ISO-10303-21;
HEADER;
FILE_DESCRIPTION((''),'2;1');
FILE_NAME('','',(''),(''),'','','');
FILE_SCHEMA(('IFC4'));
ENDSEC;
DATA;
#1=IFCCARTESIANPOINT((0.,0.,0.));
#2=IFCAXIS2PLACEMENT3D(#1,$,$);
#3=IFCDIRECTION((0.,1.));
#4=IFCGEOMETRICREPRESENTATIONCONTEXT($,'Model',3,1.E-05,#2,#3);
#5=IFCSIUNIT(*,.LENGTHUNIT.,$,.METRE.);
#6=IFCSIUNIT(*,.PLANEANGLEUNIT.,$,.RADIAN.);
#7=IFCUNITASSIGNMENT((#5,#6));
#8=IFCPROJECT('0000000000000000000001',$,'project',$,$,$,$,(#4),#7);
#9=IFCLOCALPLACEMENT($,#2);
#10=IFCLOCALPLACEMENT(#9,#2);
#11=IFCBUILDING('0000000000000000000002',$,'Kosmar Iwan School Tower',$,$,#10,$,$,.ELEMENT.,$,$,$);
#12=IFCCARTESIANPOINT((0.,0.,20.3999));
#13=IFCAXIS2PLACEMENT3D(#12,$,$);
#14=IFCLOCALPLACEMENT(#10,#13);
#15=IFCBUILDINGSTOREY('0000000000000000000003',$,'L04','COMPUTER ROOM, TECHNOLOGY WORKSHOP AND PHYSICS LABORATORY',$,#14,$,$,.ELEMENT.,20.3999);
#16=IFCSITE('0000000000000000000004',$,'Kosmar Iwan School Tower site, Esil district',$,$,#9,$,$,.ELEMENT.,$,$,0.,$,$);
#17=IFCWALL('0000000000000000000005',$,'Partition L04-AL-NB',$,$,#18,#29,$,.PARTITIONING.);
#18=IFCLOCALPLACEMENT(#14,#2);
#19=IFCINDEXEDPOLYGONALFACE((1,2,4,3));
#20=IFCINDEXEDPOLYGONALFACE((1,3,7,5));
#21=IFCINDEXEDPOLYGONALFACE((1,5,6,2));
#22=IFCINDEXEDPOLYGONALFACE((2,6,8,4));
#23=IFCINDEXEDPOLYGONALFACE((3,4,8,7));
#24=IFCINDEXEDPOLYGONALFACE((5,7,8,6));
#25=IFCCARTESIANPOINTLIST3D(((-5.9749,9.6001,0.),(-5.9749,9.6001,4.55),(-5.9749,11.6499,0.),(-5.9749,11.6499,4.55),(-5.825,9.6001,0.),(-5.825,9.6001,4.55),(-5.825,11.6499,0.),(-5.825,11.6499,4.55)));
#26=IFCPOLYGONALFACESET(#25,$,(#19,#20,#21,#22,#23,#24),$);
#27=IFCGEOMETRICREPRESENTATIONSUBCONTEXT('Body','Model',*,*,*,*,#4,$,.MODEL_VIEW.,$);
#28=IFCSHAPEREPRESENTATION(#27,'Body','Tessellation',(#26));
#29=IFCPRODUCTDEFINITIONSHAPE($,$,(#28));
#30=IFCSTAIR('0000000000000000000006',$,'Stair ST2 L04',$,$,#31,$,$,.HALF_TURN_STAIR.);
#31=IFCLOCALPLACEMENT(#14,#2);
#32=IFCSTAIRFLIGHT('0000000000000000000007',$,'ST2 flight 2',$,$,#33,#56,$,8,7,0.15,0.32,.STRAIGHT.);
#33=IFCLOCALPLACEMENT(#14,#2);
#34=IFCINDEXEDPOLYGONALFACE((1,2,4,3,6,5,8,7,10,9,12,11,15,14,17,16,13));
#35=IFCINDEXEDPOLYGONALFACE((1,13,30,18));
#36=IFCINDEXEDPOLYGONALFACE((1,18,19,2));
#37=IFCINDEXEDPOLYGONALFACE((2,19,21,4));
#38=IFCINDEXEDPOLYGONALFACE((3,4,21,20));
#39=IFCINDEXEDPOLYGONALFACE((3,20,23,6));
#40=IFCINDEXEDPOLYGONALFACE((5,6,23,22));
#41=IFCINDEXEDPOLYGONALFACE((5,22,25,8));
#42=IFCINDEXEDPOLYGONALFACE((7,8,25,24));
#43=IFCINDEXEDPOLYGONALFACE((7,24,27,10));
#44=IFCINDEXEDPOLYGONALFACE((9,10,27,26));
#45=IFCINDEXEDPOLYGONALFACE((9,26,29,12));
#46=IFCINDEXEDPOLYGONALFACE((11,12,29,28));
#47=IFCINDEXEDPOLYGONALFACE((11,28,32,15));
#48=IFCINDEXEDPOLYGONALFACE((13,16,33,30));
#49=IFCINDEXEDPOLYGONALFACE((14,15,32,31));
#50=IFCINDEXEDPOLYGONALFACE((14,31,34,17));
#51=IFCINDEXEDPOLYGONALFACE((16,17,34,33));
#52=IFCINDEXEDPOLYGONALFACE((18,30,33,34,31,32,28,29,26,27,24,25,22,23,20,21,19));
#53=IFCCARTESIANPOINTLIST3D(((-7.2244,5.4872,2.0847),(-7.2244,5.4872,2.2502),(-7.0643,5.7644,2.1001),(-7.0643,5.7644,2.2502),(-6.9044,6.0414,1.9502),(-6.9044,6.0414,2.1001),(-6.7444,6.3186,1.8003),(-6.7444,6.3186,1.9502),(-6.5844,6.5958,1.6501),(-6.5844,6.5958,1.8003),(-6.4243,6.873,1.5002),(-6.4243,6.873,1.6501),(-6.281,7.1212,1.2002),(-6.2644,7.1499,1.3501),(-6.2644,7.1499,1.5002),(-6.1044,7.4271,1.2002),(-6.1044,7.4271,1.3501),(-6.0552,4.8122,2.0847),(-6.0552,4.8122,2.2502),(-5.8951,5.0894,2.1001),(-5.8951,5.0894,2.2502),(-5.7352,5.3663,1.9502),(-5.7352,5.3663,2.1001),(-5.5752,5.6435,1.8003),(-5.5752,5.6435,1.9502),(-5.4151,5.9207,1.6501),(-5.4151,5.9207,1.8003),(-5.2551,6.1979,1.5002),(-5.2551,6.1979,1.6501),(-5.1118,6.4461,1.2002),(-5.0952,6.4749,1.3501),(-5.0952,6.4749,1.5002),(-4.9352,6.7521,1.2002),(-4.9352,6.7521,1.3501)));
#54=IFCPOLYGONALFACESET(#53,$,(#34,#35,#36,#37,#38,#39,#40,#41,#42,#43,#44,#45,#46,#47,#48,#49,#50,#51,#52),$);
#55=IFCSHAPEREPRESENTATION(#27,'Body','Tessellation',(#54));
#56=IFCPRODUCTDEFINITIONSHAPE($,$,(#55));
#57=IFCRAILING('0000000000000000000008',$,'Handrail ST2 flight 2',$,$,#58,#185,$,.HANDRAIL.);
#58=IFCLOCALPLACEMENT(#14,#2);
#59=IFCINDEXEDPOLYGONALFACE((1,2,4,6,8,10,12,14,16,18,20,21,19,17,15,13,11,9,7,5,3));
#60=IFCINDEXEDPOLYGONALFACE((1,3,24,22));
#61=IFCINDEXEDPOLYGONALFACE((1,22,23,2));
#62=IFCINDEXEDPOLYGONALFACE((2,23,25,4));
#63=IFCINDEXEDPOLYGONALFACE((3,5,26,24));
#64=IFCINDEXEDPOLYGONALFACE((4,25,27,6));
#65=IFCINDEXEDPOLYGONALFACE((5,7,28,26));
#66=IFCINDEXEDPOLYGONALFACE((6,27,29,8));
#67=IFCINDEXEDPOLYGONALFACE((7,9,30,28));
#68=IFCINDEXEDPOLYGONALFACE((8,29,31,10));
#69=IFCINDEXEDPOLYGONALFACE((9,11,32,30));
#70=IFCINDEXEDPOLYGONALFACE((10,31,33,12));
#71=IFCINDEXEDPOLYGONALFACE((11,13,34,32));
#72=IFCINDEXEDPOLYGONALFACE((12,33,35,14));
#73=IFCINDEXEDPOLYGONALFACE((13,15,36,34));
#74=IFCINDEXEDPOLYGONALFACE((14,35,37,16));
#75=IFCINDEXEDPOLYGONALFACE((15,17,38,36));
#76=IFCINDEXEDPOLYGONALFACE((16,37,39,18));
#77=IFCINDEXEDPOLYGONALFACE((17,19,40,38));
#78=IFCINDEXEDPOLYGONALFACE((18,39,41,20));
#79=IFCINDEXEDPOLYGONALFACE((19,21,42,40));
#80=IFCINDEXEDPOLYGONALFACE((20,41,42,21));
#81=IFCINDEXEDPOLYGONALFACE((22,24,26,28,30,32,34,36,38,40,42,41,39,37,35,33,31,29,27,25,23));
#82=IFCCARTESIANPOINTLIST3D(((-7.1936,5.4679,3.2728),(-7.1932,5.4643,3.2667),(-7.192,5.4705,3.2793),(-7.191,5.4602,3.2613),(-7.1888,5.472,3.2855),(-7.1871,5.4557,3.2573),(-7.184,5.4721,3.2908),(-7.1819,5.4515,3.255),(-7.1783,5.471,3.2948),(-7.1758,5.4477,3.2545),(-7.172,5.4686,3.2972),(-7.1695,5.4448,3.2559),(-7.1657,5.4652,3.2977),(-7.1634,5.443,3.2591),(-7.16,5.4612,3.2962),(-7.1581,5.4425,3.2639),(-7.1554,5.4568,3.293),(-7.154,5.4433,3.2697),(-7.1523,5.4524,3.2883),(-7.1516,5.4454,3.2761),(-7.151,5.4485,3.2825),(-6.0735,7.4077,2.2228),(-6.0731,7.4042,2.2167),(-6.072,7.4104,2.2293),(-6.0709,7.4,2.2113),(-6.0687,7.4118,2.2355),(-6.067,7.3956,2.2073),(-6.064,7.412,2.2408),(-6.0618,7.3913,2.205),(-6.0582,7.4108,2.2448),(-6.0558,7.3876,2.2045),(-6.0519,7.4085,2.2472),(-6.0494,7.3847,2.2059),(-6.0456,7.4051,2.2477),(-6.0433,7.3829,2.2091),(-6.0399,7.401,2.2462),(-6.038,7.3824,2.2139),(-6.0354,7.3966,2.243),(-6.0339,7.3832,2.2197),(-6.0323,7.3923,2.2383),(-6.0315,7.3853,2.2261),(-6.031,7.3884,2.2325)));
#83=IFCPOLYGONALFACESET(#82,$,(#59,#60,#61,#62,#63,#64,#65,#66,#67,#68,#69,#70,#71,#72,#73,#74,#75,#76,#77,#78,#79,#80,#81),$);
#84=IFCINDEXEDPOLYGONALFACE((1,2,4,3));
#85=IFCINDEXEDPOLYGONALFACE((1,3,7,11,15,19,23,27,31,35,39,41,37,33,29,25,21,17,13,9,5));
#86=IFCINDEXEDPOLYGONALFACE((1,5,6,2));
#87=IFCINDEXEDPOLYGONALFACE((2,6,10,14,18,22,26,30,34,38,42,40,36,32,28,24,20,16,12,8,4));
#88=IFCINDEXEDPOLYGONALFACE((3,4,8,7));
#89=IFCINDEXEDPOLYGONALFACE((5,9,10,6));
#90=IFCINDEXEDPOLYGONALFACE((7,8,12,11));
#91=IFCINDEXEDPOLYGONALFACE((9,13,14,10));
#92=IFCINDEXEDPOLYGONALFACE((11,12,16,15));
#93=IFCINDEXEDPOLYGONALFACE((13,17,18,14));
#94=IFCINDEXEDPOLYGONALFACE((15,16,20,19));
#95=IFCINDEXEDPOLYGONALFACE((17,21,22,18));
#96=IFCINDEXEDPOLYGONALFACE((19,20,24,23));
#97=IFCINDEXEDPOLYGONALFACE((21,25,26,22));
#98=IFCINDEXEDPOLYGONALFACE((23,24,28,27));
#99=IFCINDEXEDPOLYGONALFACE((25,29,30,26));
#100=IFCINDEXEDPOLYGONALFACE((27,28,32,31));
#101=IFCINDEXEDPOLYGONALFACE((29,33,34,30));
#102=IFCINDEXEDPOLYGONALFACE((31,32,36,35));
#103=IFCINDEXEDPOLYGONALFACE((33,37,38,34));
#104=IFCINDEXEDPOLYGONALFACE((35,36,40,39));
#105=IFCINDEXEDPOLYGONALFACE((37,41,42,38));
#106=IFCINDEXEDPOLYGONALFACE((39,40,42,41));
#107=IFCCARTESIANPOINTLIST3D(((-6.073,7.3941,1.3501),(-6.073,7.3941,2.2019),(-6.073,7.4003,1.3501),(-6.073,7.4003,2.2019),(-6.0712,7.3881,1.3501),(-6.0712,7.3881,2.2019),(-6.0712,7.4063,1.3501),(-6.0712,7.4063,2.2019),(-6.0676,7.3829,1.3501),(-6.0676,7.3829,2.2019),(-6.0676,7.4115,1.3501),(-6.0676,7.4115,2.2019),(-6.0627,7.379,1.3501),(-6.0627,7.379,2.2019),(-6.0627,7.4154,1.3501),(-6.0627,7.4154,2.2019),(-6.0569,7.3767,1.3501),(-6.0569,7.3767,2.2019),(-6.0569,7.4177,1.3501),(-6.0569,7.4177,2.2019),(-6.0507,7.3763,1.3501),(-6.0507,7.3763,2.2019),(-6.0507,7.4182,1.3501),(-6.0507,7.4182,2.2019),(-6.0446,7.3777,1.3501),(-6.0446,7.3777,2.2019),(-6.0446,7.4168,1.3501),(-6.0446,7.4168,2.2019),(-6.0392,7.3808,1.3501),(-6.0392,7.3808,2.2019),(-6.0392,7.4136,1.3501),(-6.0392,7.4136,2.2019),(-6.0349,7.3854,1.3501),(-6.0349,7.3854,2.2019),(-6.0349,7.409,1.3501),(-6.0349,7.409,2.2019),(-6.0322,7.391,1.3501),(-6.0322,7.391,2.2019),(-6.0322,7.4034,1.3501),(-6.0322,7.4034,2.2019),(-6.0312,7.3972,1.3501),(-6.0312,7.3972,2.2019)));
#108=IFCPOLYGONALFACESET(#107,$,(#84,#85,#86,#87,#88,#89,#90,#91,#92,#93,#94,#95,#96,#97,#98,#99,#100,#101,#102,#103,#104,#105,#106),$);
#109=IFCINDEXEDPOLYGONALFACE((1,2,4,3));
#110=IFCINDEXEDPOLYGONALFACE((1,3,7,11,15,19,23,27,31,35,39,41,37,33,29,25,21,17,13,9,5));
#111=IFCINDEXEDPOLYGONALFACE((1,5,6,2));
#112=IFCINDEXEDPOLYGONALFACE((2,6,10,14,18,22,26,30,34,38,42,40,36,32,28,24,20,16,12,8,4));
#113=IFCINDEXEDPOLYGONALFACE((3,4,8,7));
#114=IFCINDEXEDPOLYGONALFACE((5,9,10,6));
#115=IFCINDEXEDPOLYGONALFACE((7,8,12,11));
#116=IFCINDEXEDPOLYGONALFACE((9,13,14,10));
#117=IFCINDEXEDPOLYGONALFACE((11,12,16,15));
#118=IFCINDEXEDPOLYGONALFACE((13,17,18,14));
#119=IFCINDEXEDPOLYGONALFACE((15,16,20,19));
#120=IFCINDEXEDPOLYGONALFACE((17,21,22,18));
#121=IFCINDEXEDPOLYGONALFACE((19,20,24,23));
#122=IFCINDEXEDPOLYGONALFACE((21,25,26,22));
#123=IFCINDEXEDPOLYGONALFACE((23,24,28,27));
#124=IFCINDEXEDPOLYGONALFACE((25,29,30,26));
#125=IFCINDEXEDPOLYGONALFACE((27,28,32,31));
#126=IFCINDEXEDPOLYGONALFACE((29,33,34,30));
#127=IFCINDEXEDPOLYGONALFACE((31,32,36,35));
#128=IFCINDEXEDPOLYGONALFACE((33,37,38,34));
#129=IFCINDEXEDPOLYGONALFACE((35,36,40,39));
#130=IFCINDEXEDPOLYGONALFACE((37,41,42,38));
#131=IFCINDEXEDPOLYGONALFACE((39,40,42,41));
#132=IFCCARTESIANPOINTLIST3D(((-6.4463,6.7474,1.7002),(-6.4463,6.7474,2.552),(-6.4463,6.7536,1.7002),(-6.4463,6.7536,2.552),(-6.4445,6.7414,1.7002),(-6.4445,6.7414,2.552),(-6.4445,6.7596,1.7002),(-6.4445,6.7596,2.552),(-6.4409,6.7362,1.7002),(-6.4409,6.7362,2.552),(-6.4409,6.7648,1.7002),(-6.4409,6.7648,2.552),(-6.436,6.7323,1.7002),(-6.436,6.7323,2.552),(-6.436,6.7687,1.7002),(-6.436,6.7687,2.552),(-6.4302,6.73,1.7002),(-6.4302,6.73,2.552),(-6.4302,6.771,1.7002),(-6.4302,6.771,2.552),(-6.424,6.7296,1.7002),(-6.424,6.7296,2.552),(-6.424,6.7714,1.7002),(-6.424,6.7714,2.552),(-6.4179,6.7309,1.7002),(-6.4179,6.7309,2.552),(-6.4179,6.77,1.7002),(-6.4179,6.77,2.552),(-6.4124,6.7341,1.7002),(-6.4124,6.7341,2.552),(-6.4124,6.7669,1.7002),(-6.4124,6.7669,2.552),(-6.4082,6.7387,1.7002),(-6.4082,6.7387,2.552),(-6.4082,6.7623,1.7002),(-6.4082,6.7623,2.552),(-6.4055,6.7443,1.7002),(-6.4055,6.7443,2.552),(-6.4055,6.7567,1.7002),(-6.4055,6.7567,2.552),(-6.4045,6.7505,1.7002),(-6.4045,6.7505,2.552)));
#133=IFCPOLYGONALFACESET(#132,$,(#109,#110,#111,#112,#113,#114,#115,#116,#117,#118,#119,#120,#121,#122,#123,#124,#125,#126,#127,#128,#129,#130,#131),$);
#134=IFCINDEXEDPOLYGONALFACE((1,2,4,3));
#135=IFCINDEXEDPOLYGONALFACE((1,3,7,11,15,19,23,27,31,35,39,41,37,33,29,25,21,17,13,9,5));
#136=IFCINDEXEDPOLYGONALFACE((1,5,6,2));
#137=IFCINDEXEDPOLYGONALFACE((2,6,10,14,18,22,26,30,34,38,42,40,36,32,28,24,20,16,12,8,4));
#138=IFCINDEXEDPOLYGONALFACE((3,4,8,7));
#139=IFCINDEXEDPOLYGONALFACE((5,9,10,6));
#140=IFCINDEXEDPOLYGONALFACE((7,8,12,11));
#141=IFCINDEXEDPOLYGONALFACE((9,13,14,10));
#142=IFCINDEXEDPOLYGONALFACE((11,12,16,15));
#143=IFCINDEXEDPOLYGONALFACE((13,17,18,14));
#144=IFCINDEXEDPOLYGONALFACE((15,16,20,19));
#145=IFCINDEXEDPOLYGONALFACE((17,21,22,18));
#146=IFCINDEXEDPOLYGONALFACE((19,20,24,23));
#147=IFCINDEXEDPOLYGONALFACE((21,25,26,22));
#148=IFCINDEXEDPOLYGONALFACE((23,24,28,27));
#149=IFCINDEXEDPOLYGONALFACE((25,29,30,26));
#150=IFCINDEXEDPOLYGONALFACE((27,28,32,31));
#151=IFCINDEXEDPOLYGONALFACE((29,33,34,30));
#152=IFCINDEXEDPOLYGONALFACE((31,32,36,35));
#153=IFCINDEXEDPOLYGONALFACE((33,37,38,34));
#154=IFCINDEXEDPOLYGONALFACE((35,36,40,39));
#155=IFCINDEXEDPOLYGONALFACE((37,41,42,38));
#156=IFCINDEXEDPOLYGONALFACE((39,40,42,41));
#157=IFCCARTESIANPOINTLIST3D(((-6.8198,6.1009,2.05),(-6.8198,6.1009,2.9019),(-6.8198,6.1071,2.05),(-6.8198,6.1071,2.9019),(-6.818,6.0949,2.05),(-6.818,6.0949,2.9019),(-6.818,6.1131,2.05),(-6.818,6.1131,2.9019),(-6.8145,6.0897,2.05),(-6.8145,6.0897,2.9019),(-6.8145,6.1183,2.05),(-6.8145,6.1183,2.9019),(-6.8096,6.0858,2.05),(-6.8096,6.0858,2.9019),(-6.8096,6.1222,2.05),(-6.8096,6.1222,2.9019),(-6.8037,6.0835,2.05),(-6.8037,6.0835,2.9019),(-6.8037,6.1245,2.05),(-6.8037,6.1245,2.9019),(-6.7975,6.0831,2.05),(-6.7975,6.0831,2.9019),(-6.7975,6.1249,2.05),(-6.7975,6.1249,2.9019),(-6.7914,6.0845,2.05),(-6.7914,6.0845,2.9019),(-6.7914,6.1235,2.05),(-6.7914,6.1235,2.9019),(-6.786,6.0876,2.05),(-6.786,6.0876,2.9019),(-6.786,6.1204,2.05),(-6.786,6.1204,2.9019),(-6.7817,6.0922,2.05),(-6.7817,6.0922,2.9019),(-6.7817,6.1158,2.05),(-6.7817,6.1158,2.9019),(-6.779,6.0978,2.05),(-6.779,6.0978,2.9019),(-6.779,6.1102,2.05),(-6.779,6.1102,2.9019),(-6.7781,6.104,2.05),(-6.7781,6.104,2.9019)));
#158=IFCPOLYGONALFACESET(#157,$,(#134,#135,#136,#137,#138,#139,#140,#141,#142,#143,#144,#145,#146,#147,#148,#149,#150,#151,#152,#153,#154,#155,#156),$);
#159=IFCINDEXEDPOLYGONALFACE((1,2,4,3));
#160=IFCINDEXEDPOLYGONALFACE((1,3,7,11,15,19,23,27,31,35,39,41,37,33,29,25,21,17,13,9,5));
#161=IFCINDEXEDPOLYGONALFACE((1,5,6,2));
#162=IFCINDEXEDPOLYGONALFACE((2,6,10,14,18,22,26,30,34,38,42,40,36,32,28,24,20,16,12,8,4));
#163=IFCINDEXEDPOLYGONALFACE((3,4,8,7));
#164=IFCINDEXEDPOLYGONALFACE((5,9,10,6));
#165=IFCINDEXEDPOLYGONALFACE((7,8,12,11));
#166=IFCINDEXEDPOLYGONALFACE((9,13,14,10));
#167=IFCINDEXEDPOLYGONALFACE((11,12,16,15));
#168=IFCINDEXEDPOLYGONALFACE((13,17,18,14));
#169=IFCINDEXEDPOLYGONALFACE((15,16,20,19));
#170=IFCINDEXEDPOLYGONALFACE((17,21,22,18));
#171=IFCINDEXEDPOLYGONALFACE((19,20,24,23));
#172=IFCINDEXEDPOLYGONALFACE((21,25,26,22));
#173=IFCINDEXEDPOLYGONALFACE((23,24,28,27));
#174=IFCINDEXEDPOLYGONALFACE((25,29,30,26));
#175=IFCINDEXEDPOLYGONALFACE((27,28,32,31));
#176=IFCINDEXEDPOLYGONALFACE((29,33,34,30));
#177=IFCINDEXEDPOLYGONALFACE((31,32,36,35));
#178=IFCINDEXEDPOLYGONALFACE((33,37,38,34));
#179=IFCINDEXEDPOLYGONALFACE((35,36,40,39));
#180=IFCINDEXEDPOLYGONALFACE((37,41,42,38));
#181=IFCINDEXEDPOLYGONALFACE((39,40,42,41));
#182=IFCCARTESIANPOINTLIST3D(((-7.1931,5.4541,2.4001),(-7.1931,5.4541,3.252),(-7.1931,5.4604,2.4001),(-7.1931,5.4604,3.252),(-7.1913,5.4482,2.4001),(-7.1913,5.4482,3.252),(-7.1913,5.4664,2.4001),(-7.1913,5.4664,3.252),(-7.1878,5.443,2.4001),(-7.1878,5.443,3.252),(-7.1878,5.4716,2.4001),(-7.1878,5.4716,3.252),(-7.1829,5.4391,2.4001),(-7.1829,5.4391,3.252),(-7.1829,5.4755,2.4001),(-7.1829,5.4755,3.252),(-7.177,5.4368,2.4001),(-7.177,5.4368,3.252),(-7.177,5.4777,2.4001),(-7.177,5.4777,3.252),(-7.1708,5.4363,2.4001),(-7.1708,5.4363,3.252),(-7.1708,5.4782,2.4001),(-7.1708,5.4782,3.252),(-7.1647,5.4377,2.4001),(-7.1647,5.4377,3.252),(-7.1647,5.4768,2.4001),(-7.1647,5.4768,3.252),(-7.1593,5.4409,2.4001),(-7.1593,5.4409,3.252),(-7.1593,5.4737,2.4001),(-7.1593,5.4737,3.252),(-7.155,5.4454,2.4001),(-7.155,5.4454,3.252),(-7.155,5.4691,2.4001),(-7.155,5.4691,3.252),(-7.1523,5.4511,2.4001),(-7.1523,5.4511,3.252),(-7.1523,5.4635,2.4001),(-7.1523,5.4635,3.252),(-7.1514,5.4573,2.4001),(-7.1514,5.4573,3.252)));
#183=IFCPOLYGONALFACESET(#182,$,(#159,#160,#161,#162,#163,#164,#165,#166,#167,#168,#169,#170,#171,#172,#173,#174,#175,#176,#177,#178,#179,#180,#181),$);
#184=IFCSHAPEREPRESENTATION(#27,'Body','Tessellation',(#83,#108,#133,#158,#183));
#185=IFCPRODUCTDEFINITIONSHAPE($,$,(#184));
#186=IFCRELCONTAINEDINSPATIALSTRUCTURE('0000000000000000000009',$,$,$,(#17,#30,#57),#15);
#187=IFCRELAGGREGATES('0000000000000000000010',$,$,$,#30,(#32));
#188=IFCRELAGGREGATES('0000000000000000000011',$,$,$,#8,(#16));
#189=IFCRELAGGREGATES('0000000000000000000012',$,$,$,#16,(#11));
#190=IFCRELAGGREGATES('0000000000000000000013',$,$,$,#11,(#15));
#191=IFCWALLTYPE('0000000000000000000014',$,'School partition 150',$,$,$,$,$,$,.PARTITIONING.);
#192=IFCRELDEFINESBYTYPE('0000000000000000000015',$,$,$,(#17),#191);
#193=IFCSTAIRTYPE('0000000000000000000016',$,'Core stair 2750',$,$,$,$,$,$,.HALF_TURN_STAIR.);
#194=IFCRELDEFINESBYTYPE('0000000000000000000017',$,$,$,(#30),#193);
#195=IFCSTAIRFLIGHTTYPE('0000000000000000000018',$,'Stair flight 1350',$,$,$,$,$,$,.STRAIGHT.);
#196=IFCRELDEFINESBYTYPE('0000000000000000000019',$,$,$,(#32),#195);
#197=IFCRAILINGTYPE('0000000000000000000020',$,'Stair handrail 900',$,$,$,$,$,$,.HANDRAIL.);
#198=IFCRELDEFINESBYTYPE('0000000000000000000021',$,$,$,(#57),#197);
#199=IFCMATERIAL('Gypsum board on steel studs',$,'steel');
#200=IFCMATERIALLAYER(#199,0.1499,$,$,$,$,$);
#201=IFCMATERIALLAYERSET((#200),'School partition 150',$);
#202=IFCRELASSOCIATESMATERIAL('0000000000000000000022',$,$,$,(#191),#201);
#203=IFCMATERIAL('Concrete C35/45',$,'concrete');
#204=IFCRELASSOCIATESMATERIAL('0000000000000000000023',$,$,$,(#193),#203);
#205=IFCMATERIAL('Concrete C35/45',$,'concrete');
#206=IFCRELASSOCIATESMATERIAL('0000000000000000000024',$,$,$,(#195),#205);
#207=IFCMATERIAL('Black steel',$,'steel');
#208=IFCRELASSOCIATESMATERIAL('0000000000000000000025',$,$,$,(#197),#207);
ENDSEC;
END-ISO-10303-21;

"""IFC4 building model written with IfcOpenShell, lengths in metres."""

from ifc_helpers import new_model, si_unit, direction, frame, frame_2d, origin, origin_2d, place, context, subcontext, project, spatial, polyline, rectangle, circle, outline, extrude, material, layer, layer_set, type_object, element, aggregate, save


model = new_model("IFC4")

# Units and contexts
model_context = context("Model", 3, precision=1e-05, world=origin(), true_north=direction((0.0, 1.0)))
body_context = subcontext(model_context, "Body", "Model", "MODEL_VIEW")
ifc_project = project(units=[si_unit("LENGTHUNIT", "METRE"), si_unit("PLANEANGLEUNIT", "RADIAN")], contexts=[model_context])

# Site, building, storey
site_placement = place(None, origin())
site = spatial("IfcSite", under=ifc_project, at=site_placement, Name="Kosmar Iwan School Tower site, Esil district", CompositionType="ELEMENT", RefElevation=0.0)
building_placement = place(site_placement, origin())
building = spatial("IfcBuilding", under=site, at=building_placement, Name="Kosmar Iwan School Tower", CompositionType="ELEMENT")
storey_placement = place(building_placement, frame((0.0, 0.0, 20.3999)))
storey = spatial("IfcBuildingStorey", under=building, at=storey_placement, Name="L04", Description="COMPUTER ROOM, TECHNOLOGY WORKSHOP AND PHYSICS LABORATORY", CompositionType="ELEMENT", Elevation=20.3999)

# Wall
ifc_material_1 = material(Name="Gypsum board on steel studs", Category="steel")
ifc_layer = layer(ifc_material_1, 0.1499)
ifc_layer_set = layer_set([ifc_layer], Name="School partition 150")
wall_type = type_object("IfcWallType", Name="School partition 150", PredefinedType="PARTITIONING", material=ifc_layer_set)
wall_placement = place(storey_placement, frame((-5.8999, 9.6001, 0.0), z_axis=(0.0, 0.0, 1.0), x_axis=(0.0, 1.0, 0.0)))
element("IfcWall", 1, at=wall_placement, inside=storey, type_object=wall_type, Name="Partition L04-AL-NB", PredefinedType="PARTITIONING", context=body_context, shape_type="SweptSolid", body=[
    extrude(rectangle(XDim=2.0498, YDim=0.1499, at=frame_2d((1.0249, 0.0))), origin(), (0.0, 0.0, 1.0), 4.55),
])

# Stair, stair flight
ifc_material_2 = material(Name="Concrete C35/45", Category="concrete")
stair_type = type_object("IfcStairType", Name="Core stair 2750", PredefinedType="HALF_TURN_STAIR", material=ifc_material_2)
stair_placement = place(storey_placement, origin())
stair = element("IfcStair", 2, at=stair_placement, inside=storey, type_object=stair_type, Name="Stair ST2 L04", PredefinedType="HALF_TURN_STAIR")
ifc_material_3 = material(Name="Concrete C35/45", Category="concrete")
stair_flight_type = type_object("IfcStairFlightType", Name="Stair flight 1350", PredefinedType="STRAIGHT", material=ifc_material_3)
stair_flight_placement = place(storey_placement, frame((-5.5198, 7.0896, 1.2002), z_axis=(0.0, 0.0, 1.0), x_axis=(-0.5, -0.866025, 0.0)))
stair_flight = element("IfcStairFlight", 3, at=stair_flight_placement, type_object=stair_flight_type, Name="ST2 flight 2", NumberOfRisers=8, NumberOfTreads=7, PredefinedType="STRAIGHT", RiserHeight=0.15, TreadLength=0.32, context=body_context, shape_type="SweptSolid", body=[
    extrude(outline(polyline([(0.0, 0.0), (0.0, 0.1499), (0.3201, 0.1499), (0.3201, 0.3), (0.6399, 0.3), (0.6399, 0.45), (0.96, 0.45), (0.96, 0.6001), (1.28, 0.6001), (1.28, 0.75), (1.6001, 0.75), (1.6001, 0.8999), (1.9199, 0.8999), (1.9199, 1.05), (2.24, 1.05), (2.24, 1.2), (2.24, 0.8845), (0.3533, 0.0), (0.0, 0.0)])), frame((0.0, 0.675, 0.0), z_axis=(0.0, -1.0, 0.0), x_axis=(1.0, 0.0, 0.0)), (0.0, 0.0, 1.0), 1.3501),
])
aggregate(stair, [stair_flight])

# Railing
ifc_material_4 = material(Name="Black steel", Category="steel")
railing_type = type_object("IfcRailingType", Name="Stair handrail 900", PredefinedType="HANDRAIL", material=ifc_material_4)
for number, where, name in (
    (4, (-6.0522, 7.3972, 1.3501), "Handrail ST2 flight 2"),
):
    element("IfcRailing", number, at=place(storey_placement, frame(where)), inside=storey, type_object=railing_type, Name=name, PredefinedType="HANDRAIL", context=body_context, shape_type="SweptSolid", body=[
        extrude(circle(Radius=0.0239, at=origin_2d()), frame((0.0, 0.0, 0.876), z_axis=(-0.452757, -0.784134, 0.424435), x_axis=(0.866008, -0.500031, 0.0)), (0.0, 0.0, 1.0), 2.4739),
        extrude(circle(Radius=0.021, at=origin_2d()), origin(), (0.0, 0.0, 1.0), 0.8518),
        extrude(circle(Radius=0.021, at=origin_2d()), frame((-0.3733, -0.6467, 0.3501)), (0.0, 0.0, 1.0), 0.8518),
        extrude(circle(Radius=0.021, at=origin_2d()), frame((-0.7468, -1.2932, 0.7)), (0.0, 0.0, 1.0), 0.8518),
        extrude(circle(Radius=0.021, at=origin_2d()), frame((-1.1201, -1.9399, 1.05)), (0.0, 0.0, 1.0), 0.8518),
    ])

save(model, "model.ifc")
